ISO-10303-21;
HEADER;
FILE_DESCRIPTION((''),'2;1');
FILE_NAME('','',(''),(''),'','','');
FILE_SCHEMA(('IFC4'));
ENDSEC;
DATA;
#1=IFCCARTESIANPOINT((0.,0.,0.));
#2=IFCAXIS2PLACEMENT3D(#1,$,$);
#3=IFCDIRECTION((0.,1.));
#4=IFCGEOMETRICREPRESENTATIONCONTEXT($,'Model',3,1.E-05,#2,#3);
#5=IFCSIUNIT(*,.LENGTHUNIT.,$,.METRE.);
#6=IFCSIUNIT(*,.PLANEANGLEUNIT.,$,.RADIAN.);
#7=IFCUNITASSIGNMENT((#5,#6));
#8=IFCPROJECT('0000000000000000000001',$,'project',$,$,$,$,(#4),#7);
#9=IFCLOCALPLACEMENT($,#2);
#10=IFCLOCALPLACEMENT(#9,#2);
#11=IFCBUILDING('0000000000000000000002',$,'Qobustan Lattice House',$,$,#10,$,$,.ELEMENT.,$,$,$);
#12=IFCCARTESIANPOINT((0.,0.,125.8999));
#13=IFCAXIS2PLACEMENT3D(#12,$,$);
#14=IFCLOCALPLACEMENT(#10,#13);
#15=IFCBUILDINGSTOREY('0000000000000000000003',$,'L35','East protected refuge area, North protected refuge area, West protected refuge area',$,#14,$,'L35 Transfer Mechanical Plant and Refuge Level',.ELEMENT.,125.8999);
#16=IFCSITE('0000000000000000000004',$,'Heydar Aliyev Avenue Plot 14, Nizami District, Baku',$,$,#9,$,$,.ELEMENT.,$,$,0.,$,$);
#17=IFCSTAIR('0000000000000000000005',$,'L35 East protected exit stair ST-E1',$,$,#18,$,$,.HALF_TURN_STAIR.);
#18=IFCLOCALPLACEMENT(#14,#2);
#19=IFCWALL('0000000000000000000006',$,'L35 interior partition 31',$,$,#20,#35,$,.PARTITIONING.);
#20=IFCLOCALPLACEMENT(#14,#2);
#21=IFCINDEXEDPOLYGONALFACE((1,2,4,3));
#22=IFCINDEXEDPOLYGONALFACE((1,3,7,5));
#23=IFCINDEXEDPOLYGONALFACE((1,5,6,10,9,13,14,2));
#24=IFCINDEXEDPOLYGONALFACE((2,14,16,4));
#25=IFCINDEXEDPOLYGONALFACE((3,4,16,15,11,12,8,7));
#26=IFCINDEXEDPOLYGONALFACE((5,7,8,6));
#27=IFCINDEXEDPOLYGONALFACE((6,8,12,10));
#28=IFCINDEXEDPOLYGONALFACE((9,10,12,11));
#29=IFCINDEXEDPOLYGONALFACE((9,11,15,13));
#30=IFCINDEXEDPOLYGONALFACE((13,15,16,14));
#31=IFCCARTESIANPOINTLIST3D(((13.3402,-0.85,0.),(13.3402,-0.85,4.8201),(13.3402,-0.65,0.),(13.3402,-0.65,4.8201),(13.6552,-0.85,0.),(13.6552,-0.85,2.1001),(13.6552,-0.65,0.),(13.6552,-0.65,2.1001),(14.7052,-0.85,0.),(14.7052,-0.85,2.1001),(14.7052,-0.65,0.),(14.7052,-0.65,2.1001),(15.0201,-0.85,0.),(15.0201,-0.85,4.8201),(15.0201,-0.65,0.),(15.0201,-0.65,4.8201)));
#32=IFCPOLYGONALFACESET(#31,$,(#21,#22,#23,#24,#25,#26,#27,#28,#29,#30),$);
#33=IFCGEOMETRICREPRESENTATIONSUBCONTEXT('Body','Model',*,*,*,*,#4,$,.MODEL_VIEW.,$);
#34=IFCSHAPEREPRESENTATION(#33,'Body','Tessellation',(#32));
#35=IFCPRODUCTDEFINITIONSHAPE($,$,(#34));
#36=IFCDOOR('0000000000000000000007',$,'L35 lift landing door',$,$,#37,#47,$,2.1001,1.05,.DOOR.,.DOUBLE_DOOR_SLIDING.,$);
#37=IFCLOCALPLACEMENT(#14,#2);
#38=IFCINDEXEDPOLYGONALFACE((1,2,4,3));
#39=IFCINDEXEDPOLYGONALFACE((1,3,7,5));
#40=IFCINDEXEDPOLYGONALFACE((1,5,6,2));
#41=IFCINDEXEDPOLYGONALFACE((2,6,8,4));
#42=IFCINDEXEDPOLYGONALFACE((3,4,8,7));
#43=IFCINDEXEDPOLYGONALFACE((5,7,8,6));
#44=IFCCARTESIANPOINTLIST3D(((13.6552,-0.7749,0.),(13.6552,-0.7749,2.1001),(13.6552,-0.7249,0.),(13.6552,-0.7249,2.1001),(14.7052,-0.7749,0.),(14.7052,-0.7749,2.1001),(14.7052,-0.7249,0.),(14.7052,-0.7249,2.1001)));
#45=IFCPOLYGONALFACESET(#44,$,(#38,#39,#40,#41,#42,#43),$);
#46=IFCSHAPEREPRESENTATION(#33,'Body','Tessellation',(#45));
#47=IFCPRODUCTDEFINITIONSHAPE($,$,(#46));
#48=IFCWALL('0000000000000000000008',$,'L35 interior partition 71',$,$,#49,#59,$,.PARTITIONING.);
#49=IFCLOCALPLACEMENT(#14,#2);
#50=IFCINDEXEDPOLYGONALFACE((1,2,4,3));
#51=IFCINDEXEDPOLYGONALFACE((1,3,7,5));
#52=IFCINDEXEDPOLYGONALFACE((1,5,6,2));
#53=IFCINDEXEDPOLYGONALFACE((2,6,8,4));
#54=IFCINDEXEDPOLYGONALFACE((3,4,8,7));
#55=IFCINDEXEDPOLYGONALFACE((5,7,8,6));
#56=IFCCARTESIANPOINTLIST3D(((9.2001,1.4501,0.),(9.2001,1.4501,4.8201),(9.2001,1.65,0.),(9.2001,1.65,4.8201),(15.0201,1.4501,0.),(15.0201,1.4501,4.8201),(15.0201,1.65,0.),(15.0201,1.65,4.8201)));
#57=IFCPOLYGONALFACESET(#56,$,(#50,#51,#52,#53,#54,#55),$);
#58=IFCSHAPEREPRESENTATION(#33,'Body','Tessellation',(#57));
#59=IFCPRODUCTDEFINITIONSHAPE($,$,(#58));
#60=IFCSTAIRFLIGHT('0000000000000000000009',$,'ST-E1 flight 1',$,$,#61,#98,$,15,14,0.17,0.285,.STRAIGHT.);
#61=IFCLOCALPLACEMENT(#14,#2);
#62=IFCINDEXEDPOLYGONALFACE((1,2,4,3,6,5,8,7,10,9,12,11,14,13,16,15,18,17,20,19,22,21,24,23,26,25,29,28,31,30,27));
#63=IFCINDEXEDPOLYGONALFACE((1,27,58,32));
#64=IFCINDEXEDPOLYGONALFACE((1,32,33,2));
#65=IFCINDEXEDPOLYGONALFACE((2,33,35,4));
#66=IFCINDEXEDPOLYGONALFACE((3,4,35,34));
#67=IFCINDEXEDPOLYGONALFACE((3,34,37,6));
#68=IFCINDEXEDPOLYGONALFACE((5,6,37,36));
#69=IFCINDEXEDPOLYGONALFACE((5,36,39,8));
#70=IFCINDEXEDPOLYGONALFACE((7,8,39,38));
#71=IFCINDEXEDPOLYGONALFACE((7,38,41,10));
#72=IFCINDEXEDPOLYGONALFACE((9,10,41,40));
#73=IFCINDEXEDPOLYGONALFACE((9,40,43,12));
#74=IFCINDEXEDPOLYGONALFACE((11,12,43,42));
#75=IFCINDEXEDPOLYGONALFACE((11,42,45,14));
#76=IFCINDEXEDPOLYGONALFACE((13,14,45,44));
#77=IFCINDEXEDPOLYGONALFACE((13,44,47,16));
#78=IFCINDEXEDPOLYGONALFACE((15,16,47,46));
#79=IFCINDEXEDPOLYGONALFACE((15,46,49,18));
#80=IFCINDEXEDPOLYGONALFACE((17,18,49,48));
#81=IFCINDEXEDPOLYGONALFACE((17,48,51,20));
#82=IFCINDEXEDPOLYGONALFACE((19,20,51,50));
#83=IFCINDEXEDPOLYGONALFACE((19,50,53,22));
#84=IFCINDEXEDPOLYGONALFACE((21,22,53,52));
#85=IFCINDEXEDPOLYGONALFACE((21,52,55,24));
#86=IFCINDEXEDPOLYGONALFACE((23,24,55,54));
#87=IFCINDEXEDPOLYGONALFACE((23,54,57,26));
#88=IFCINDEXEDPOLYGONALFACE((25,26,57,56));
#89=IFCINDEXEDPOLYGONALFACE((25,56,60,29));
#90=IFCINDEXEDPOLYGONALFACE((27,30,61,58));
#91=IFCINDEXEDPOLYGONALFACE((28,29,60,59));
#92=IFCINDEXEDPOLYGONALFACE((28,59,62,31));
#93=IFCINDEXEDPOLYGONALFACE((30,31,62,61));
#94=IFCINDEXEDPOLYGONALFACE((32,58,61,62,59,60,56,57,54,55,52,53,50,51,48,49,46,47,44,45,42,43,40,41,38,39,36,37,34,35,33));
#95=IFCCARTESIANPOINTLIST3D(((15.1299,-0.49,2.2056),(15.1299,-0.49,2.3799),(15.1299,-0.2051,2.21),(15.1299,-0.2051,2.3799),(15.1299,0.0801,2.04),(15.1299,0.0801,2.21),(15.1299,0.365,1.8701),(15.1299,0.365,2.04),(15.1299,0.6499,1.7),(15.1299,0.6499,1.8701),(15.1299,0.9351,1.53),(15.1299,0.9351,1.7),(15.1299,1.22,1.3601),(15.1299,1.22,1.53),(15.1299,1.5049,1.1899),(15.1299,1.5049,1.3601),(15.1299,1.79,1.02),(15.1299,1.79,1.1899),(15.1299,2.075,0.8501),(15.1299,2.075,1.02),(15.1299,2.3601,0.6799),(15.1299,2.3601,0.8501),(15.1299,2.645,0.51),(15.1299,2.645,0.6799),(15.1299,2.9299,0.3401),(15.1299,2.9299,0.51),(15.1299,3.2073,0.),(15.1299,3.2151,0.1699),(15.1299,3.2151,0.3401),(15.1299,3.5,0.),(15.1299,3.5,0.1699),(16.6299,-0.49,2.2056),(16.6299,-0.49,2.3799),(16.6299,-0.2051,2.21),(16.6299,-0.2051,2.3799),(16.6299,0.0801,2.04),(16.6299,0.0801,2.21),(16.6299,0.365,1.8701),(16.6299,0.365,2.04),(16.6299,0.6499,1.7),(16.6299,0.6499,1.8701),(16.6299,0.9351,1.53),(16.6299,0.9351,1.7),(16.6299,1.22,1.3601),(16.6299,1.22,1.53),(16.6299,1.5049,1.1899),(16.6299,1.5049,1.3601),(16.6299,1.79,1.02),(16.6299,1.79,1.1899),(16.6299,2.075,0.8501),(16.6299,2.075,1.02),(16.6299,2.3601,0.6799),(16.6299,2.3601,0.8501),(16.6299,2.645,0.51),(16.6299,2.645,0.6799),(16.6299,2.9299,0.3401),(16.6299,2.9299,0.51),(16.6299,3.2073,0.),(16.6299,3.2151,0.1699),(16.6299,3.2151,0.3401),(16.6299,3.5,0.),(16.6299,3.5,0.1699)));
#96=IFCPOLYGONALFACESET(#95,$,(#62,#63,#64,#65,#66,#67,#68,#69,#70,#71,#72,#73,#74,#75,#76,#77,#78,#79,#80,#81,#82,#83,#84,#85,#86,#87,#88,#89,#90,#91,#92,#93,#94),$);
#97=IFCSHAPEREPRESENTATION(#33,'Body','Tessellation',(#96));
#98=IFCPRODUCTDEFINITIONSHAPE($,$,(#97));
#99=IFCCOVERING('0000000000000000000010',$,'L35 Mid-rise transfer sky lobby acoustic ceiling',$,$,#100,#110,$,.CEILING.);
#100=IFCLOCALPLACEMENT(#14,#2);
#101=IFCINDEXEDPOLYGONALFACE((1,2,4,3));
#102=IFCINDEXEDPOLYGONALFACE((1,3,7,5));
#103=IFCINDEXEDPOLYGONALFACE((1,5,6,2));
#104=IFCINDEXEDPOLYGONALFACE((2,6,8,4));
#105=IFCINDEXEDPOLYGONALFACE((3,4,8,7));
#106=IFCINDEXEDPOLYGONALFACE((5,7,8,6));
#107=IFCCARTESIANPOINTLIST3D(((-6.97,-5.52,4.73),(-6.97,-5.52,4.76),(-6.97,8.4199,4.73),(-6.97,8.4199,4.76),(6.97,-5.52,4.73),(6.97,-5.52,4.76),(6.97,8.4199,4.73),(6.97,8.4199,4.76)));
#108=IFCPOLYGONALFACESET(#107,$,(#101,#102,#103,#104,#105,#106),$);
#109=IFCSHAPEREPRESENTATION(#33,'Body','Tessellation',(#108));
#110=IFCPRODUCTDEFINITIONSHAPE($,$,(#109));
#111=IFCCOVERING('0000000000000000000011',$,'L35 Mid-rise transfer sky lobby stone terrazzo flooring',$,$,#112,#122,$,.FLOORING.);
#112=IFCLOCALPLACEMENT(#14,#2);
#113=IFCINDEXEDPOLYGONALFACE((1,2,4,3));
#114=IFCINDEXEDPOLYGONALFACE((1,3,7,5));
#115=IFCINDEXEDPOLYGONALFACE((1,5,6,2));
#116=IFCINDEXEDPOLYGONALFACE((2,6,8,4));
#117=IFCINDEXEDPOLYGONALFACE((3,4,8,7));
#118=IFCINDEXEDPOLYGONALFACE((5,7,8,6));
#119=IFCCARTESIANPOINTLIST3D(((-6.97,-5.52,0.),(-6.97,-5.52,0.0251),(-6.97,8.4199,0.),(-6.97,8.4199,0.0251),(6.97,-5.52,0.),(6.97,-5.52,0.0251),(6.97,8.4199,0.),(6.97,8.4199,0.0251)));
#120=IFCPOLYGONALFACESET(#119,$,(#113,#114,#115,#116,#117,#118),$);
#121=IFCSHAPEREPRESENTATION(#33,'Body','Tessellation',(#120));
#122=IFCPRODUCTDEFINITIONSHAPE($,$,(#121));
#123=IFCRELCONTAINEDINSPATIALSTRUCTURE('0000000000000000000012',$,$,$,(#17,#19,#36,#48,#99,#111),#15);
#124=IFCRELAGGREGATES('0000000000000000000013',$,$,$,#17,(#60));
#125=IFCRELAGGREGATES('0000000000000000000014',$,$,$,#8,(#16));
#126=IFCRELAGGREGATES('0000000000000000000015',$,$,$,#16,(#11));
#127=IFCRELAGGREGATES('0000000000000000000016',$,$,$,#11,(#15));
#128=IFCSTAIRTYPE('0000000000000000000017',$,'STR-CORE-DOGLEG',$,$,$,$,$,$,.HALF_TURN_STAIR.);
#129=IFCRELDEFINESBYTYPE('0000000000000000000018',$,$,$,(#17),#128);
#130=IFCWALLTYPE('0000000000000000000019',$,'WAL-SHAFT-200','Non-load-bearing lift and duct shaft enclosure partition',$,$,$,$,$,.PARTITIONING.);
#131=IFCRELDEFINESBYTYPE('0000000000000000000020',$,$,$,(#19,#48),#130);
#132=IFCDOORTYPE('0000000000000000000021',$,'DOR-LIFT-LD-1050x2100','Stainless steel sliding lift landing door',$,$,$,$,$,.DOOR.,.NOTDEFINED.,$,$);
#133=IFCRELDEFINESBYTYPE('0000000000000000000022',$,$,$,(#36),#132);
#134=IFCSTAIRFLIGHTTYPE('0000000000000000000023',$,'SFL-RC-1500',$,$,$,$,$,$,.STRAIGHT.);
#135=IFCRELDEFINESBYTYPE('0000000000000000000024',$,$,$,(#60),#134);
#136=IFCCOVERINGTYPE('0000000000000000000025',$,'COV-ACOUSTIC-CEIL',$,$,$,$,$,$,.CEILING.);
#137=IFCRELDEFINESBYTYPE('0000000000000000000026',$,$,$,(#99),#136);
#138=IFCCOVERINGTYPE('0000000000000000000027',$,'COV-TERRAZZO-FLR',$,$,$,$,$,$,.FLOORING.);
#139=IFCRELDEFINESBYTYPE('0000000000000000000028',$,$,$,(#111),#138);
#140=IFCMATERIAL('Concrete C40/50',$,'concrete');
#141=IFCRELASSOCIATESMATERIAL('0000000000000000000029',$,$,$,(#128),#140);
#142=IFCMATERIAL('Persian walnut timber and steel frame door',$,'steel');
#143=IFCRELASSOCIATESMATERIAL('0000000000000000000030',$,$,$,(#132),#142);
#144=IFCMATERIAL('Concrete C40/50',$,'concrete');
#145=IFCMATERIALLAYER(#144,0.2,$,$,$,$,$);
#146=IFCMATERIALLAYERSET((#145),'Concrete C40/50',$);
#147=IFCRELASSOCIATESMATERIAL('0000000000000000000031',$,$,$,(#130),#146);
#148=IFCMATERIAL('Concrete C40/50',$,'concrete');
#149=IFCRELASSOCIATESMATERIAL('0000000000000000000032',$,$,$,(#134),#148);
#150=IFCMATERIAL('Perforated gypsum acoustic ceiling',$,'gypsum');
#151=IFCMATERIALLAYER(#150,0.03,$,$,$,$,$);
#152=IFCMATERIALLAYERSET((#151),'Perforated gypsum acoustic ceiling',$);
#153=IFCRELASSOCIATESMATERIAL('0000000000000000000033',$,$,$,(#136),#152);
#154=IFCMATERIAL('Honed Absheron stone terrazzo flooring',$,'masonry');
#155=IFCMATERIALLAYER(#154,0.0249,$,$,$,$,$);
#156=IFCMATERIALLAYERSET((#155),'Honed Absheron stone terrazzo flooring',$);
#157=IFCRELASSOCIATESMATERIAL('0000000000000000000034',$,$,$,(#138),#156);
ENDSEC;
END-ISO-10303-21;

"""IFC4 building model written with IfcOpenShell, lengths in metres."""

from ifc_helpers import new_model, si_unit, direction, frame, frame_2d, origin, place, context, subcontext, project, spatial, polyline, rectangle, outline, extrude, material, layer, layer_set, type_object, element, fill, aggregate, save


model = new_model("IFC4")

# Units and contexts
model_context = context("Model", 3, precision=1e-05, world=origin(), true_north=direction((0.0, 1.0)))
body_context = subcontext(model_context, "Body", "Model", "MODEL_VIEW")
ifc_project = project(units=[si_unit("LENGTHUNIT", "METRE"), si_unit("PLANEANGLEUNIT", "RADIAN")], contexts=[model_context])

# Site, building, storey
site_placement = place(None, origin())
site = spatial("IfcSite", under=ifc_project, at=site_placement, Name="Heydar Aliyev Avenue Plot 14, Nizami District, Baku", CompositionType="ELEMENT", RefElevation=0.0)
building_placement = place(site_placement, origin())
building = spatial("IfcBuilding", under=site, at=building_placement, Name="Qobustan Lattice House", CompositionType="ELEMENT")
storey_placement = place(building_placement, frame((0.0, 0.0, 125.8999)))
storey = spatial("IfcBuildingStorey", under=building, at=storey_placement, Name="L35", Description="East protected refuge area, North protected refuge area, West protected refuge area", LongName="L35 Transfer Mechanical Plant and Refuge Level", CompositionType="ELEMENT", Elevation=125.8999)

# Stair
ifc_material_1 = material(Name="Concrete C40/50", Category="concrete")
stair_type = type_object("IfcStairType", Name="STR-CORE-DOGLEG", PredefinedType="HALF_TURN_STAIR", material=ifc_material_1)
stair_1_placement = place(storey_placement, origin())
stair_1 = element("IfcStair", 1, at=stair_1_placement, inside=storey, type_object=stair_type, Name="L35 East protected exit stair ST-E1", PredefinedType="HALF_TURN_STAIR")

# Shared definitions
ifc_material_2 = material(Name="Persian walnut timber and steel frame door", Category="steel")
door_type_1 = type_object("IfcDoorType", Name="DOR-LIFT-LD-1050x2100", Description="Stainless steel sliding lift landing door", OperationType="NOTDEFINED", PredefinedType="DOOR", material=ifc_material_2)

# Shared definitions
ifc_material_3 = material(Name="Concrete C40/50", Category="concrete")
ifc_layer_1 = layer(ifc_material_3, 0.2)
ifc_layer_set_1 = layer_set([ifc_layer_1], Name="Concrete C40/50")
wall_type_1 = type_object("IfcWallType", Name="WAL-SHAFT-200", Description="Non-load-bearing lift and duct shaft enclosure partition", PredefinedType="PARTITIONING", material=ifc_layer_set_1)

# Wall, opening, door
wall_1_placement = place(storey_placement, frame((15.02, -0.75, 0.0), z_axis=(0.0, 0.0, 1.0), x_axis=(-1.0, 0.0, 0.0)))
wall_1 = element("IfcWall", 2, at=wall_1_placement, inside=storey, type_object=wall_type_1, Name="L35 interior partition 31", PredefinedType="PARTITIONING", context=body_context, shape_type="SweptSolid", body=[
    extrude(rectangle(XDim=1.6799, YDim=0.2, at=frame_2d((0.8398, 0.0))), origin(), (0.0, 0.0, 1.0), 4.8201),
])
opening_1_placement = place(wall_1_placement, frame((0.3149, 0.0, 0.0)))
opening_1 = element("IfcOpeningElement", 3, at=opening_1_placement, cuts=wall_1, PredefinedType="OPENING", context=body_context, shape_type="SweptSolid", body=[
    extrude(rectangle(XDim=1.05, YDim=2.1001, at=frame_2d((0.5249, 1.05))), frame((0.0, 0.1099, 0.0), z_axis=(0.0, -1.0, 0.0), x_axis=(1.0, 0.0, 0.0)), (0.0, 0.0, 1.0), 0.22),
])
door_1_placement = place(opening_1_placement, origin())
door_1 = element("IfcDoor", 4, at=door_1_placement, inside=storey, type_object=door_type_1, Name="L35 lift landing door", OperationType="DOUBLE_DOOR_SLIDING", OverallHeight=2.1001, OverallWidth=1.05, PredefinedType="DOOR", context=body_context, shape_type="SweptSolid", body=[
    extrude(rectangle(XDim=1.05, YDim=2.1001, at=frame_2d((0.5249, 1.05))), frame((0.0, 0.0249, 0.0), z_axis=(0.0, -1.0, 0.0), x_axis=(1.0, 0.0, 0.0)), (0.0, 0.0, 1.0), 0.05),
])
fill(opening_1, door_1)

# Wall
wall_2_placement = place(storey_placement, frame((9.2, 1.55, 0.0), z_axis=(0.0, 0.0, 1.0), x_axis=(1.0, 0.0, 0.0)))
element("IfcWall", 5, at=wall_2_placement, inside=storey, type_object=wall_type_1, Name="L35 interior partition 71", PredefinedType="PARTITIONING", context=body_context, shape_type="SweptSolid", body=[
    extrude(rectangle(XDim=5.8201, YDim=0.2, at=frame_2d((2.9102, 0.0))), origin(), (0.0, 0.0, 1.0), 4.8201),
])

# Stair flight
ifc_material_4 = material(Name="Concrete C40/50", Category="concrete")
stair_flight_type = type_object("IfcStairFlightType", Name="SFL-RC-1500", PredefinedType="STRAIGHT", material=ifc_material_4)
stair_flight_placement = place(storey_placement, frame((15.8799, 3.5, 0.0), z_axis=(0.0, 0.0, 1.0), x_axis=(0.0, -1.0, 0.0)))
stair_flight = element("IfcStairFlight", 6, at=stair_flight_placement, type_object=stair_flight_type, Name="ST-E1 flight 1", NumberOfRisers=15, NumberOfTreads=14, PredefinedType="STRAIGHT", RiserHeight=0.17, TreadLength=0.285, context=body_context, shape_type="SweptSolid", body=[
    extrude(outline(polyline([(0.0, 0.0), (0.0, 0.1699), (0.2849, 0.1699), (0.2849, 0.3401), (0.5701, 0.3401), (0.5701, 0.51), (0.855, 0.51), (0.855, 0.6799), (1.1399, 0.6799), (1.1399, 0.8501), (1.425, 0.8501), (1.425, 1.02), (1.71, 1.02), (1.71, 1.1899), (1.9951, 1.1899), (1.9951, 1.3601), (2.28, 1.3601), (2.28, 1.53), (2.5649, 1.53), (2.5649, 1.7), (2.8501, 1.7), (2.8501, 1.8701), (3.135, 1.8701), (3.135, 2.04), (3.4199, 2.04), (3.4199, 2.21), (3.7051, 2.21), (3.7051, 2.3799), (3.99, 2.3799), (3.99, 2.55), (3.99, 2.2056), (0.2927, 0.0), (0.0, 0.0)])), frame((0.0, 0.75, 0.0), z_axis=(0.0, -1.0, 0.0), x_axis=(1.0, 0.0, 0.0)), (0.0, 0.0, 1.0), 1.5),
])
aggregate(stair_1, [stair_flight])

# Coverings
ifc_material_5 = material(Name="Perforated gypsum acoustic ceiling", Category="gypsum")
ifc_layer_2 = layer(ifc_material_5, 0.03)
ifc_layer_set_2 = layer_set([ifc_layer_2], Name="Perforated gypsum acoustic ceiling")
covering_type_1 = type_object("IfcCoveringType", Name="COV-ACOUSTIC-CEIL", PredefinedType="CEILING", material=ifc_layer_set_2)
covering_1_placement = place(storey_placement, frame((0.0, 0.0, 4.73)))
element("IfcCovering", 7, at=covering_1_placement, inside=storey, type_object=covering_type_1, Name="L35 Mid-rise transfer sky lobby acoustic ceiling", PredefinedType="CEILING", context=body_context, shape_type="SweptSolid", body=[
    extrude(outline(polyline([(6.97, -5.52), (6.97, 8.4199), (-6.97, 8.4199), (-6.97, -5.52), (6.97, -5.52)])), origin(), (0.0, 0.0, 1.0), 0.03),
])
ifc_material_6 = material(Name="Honed Absheron stone terrazzo flooring", Category="masonry")
ifc_layer_3 = layer(ifc_material_6, 0.0249)
ifc_layer_set_3 = layer_set([ifc_layer_3], Name="Honed Absheron stone terrazzo flooring")
covering_type_2 = type_object("IfcCoveringType", Name="COV-TERRAZZO-FLR", PredefinedType="FLOORING", material=ifc_layer_set_3)
covering_2_placement = place(storey_placement, origin())
element("IfcCovering", 8, at=covering_2_placement, inside=storey, type_object=covering_type_2, Name="L35 Mid-rise transfer sky lobby stone terrazzo flooring", PredefinedType="FLOORING", context=body_context, shape_type="SweptSolid", body=[
    extrude(outline(polyline([(6.97, -5.52), (6.97, 8.4199), (-6.97, 8.4199), (-6.97, -5.52), (6.97, -5.52)])), origin(), (0.0, 0.0, 1.0), 0.0251),
])

save(model, "model.ifc")
